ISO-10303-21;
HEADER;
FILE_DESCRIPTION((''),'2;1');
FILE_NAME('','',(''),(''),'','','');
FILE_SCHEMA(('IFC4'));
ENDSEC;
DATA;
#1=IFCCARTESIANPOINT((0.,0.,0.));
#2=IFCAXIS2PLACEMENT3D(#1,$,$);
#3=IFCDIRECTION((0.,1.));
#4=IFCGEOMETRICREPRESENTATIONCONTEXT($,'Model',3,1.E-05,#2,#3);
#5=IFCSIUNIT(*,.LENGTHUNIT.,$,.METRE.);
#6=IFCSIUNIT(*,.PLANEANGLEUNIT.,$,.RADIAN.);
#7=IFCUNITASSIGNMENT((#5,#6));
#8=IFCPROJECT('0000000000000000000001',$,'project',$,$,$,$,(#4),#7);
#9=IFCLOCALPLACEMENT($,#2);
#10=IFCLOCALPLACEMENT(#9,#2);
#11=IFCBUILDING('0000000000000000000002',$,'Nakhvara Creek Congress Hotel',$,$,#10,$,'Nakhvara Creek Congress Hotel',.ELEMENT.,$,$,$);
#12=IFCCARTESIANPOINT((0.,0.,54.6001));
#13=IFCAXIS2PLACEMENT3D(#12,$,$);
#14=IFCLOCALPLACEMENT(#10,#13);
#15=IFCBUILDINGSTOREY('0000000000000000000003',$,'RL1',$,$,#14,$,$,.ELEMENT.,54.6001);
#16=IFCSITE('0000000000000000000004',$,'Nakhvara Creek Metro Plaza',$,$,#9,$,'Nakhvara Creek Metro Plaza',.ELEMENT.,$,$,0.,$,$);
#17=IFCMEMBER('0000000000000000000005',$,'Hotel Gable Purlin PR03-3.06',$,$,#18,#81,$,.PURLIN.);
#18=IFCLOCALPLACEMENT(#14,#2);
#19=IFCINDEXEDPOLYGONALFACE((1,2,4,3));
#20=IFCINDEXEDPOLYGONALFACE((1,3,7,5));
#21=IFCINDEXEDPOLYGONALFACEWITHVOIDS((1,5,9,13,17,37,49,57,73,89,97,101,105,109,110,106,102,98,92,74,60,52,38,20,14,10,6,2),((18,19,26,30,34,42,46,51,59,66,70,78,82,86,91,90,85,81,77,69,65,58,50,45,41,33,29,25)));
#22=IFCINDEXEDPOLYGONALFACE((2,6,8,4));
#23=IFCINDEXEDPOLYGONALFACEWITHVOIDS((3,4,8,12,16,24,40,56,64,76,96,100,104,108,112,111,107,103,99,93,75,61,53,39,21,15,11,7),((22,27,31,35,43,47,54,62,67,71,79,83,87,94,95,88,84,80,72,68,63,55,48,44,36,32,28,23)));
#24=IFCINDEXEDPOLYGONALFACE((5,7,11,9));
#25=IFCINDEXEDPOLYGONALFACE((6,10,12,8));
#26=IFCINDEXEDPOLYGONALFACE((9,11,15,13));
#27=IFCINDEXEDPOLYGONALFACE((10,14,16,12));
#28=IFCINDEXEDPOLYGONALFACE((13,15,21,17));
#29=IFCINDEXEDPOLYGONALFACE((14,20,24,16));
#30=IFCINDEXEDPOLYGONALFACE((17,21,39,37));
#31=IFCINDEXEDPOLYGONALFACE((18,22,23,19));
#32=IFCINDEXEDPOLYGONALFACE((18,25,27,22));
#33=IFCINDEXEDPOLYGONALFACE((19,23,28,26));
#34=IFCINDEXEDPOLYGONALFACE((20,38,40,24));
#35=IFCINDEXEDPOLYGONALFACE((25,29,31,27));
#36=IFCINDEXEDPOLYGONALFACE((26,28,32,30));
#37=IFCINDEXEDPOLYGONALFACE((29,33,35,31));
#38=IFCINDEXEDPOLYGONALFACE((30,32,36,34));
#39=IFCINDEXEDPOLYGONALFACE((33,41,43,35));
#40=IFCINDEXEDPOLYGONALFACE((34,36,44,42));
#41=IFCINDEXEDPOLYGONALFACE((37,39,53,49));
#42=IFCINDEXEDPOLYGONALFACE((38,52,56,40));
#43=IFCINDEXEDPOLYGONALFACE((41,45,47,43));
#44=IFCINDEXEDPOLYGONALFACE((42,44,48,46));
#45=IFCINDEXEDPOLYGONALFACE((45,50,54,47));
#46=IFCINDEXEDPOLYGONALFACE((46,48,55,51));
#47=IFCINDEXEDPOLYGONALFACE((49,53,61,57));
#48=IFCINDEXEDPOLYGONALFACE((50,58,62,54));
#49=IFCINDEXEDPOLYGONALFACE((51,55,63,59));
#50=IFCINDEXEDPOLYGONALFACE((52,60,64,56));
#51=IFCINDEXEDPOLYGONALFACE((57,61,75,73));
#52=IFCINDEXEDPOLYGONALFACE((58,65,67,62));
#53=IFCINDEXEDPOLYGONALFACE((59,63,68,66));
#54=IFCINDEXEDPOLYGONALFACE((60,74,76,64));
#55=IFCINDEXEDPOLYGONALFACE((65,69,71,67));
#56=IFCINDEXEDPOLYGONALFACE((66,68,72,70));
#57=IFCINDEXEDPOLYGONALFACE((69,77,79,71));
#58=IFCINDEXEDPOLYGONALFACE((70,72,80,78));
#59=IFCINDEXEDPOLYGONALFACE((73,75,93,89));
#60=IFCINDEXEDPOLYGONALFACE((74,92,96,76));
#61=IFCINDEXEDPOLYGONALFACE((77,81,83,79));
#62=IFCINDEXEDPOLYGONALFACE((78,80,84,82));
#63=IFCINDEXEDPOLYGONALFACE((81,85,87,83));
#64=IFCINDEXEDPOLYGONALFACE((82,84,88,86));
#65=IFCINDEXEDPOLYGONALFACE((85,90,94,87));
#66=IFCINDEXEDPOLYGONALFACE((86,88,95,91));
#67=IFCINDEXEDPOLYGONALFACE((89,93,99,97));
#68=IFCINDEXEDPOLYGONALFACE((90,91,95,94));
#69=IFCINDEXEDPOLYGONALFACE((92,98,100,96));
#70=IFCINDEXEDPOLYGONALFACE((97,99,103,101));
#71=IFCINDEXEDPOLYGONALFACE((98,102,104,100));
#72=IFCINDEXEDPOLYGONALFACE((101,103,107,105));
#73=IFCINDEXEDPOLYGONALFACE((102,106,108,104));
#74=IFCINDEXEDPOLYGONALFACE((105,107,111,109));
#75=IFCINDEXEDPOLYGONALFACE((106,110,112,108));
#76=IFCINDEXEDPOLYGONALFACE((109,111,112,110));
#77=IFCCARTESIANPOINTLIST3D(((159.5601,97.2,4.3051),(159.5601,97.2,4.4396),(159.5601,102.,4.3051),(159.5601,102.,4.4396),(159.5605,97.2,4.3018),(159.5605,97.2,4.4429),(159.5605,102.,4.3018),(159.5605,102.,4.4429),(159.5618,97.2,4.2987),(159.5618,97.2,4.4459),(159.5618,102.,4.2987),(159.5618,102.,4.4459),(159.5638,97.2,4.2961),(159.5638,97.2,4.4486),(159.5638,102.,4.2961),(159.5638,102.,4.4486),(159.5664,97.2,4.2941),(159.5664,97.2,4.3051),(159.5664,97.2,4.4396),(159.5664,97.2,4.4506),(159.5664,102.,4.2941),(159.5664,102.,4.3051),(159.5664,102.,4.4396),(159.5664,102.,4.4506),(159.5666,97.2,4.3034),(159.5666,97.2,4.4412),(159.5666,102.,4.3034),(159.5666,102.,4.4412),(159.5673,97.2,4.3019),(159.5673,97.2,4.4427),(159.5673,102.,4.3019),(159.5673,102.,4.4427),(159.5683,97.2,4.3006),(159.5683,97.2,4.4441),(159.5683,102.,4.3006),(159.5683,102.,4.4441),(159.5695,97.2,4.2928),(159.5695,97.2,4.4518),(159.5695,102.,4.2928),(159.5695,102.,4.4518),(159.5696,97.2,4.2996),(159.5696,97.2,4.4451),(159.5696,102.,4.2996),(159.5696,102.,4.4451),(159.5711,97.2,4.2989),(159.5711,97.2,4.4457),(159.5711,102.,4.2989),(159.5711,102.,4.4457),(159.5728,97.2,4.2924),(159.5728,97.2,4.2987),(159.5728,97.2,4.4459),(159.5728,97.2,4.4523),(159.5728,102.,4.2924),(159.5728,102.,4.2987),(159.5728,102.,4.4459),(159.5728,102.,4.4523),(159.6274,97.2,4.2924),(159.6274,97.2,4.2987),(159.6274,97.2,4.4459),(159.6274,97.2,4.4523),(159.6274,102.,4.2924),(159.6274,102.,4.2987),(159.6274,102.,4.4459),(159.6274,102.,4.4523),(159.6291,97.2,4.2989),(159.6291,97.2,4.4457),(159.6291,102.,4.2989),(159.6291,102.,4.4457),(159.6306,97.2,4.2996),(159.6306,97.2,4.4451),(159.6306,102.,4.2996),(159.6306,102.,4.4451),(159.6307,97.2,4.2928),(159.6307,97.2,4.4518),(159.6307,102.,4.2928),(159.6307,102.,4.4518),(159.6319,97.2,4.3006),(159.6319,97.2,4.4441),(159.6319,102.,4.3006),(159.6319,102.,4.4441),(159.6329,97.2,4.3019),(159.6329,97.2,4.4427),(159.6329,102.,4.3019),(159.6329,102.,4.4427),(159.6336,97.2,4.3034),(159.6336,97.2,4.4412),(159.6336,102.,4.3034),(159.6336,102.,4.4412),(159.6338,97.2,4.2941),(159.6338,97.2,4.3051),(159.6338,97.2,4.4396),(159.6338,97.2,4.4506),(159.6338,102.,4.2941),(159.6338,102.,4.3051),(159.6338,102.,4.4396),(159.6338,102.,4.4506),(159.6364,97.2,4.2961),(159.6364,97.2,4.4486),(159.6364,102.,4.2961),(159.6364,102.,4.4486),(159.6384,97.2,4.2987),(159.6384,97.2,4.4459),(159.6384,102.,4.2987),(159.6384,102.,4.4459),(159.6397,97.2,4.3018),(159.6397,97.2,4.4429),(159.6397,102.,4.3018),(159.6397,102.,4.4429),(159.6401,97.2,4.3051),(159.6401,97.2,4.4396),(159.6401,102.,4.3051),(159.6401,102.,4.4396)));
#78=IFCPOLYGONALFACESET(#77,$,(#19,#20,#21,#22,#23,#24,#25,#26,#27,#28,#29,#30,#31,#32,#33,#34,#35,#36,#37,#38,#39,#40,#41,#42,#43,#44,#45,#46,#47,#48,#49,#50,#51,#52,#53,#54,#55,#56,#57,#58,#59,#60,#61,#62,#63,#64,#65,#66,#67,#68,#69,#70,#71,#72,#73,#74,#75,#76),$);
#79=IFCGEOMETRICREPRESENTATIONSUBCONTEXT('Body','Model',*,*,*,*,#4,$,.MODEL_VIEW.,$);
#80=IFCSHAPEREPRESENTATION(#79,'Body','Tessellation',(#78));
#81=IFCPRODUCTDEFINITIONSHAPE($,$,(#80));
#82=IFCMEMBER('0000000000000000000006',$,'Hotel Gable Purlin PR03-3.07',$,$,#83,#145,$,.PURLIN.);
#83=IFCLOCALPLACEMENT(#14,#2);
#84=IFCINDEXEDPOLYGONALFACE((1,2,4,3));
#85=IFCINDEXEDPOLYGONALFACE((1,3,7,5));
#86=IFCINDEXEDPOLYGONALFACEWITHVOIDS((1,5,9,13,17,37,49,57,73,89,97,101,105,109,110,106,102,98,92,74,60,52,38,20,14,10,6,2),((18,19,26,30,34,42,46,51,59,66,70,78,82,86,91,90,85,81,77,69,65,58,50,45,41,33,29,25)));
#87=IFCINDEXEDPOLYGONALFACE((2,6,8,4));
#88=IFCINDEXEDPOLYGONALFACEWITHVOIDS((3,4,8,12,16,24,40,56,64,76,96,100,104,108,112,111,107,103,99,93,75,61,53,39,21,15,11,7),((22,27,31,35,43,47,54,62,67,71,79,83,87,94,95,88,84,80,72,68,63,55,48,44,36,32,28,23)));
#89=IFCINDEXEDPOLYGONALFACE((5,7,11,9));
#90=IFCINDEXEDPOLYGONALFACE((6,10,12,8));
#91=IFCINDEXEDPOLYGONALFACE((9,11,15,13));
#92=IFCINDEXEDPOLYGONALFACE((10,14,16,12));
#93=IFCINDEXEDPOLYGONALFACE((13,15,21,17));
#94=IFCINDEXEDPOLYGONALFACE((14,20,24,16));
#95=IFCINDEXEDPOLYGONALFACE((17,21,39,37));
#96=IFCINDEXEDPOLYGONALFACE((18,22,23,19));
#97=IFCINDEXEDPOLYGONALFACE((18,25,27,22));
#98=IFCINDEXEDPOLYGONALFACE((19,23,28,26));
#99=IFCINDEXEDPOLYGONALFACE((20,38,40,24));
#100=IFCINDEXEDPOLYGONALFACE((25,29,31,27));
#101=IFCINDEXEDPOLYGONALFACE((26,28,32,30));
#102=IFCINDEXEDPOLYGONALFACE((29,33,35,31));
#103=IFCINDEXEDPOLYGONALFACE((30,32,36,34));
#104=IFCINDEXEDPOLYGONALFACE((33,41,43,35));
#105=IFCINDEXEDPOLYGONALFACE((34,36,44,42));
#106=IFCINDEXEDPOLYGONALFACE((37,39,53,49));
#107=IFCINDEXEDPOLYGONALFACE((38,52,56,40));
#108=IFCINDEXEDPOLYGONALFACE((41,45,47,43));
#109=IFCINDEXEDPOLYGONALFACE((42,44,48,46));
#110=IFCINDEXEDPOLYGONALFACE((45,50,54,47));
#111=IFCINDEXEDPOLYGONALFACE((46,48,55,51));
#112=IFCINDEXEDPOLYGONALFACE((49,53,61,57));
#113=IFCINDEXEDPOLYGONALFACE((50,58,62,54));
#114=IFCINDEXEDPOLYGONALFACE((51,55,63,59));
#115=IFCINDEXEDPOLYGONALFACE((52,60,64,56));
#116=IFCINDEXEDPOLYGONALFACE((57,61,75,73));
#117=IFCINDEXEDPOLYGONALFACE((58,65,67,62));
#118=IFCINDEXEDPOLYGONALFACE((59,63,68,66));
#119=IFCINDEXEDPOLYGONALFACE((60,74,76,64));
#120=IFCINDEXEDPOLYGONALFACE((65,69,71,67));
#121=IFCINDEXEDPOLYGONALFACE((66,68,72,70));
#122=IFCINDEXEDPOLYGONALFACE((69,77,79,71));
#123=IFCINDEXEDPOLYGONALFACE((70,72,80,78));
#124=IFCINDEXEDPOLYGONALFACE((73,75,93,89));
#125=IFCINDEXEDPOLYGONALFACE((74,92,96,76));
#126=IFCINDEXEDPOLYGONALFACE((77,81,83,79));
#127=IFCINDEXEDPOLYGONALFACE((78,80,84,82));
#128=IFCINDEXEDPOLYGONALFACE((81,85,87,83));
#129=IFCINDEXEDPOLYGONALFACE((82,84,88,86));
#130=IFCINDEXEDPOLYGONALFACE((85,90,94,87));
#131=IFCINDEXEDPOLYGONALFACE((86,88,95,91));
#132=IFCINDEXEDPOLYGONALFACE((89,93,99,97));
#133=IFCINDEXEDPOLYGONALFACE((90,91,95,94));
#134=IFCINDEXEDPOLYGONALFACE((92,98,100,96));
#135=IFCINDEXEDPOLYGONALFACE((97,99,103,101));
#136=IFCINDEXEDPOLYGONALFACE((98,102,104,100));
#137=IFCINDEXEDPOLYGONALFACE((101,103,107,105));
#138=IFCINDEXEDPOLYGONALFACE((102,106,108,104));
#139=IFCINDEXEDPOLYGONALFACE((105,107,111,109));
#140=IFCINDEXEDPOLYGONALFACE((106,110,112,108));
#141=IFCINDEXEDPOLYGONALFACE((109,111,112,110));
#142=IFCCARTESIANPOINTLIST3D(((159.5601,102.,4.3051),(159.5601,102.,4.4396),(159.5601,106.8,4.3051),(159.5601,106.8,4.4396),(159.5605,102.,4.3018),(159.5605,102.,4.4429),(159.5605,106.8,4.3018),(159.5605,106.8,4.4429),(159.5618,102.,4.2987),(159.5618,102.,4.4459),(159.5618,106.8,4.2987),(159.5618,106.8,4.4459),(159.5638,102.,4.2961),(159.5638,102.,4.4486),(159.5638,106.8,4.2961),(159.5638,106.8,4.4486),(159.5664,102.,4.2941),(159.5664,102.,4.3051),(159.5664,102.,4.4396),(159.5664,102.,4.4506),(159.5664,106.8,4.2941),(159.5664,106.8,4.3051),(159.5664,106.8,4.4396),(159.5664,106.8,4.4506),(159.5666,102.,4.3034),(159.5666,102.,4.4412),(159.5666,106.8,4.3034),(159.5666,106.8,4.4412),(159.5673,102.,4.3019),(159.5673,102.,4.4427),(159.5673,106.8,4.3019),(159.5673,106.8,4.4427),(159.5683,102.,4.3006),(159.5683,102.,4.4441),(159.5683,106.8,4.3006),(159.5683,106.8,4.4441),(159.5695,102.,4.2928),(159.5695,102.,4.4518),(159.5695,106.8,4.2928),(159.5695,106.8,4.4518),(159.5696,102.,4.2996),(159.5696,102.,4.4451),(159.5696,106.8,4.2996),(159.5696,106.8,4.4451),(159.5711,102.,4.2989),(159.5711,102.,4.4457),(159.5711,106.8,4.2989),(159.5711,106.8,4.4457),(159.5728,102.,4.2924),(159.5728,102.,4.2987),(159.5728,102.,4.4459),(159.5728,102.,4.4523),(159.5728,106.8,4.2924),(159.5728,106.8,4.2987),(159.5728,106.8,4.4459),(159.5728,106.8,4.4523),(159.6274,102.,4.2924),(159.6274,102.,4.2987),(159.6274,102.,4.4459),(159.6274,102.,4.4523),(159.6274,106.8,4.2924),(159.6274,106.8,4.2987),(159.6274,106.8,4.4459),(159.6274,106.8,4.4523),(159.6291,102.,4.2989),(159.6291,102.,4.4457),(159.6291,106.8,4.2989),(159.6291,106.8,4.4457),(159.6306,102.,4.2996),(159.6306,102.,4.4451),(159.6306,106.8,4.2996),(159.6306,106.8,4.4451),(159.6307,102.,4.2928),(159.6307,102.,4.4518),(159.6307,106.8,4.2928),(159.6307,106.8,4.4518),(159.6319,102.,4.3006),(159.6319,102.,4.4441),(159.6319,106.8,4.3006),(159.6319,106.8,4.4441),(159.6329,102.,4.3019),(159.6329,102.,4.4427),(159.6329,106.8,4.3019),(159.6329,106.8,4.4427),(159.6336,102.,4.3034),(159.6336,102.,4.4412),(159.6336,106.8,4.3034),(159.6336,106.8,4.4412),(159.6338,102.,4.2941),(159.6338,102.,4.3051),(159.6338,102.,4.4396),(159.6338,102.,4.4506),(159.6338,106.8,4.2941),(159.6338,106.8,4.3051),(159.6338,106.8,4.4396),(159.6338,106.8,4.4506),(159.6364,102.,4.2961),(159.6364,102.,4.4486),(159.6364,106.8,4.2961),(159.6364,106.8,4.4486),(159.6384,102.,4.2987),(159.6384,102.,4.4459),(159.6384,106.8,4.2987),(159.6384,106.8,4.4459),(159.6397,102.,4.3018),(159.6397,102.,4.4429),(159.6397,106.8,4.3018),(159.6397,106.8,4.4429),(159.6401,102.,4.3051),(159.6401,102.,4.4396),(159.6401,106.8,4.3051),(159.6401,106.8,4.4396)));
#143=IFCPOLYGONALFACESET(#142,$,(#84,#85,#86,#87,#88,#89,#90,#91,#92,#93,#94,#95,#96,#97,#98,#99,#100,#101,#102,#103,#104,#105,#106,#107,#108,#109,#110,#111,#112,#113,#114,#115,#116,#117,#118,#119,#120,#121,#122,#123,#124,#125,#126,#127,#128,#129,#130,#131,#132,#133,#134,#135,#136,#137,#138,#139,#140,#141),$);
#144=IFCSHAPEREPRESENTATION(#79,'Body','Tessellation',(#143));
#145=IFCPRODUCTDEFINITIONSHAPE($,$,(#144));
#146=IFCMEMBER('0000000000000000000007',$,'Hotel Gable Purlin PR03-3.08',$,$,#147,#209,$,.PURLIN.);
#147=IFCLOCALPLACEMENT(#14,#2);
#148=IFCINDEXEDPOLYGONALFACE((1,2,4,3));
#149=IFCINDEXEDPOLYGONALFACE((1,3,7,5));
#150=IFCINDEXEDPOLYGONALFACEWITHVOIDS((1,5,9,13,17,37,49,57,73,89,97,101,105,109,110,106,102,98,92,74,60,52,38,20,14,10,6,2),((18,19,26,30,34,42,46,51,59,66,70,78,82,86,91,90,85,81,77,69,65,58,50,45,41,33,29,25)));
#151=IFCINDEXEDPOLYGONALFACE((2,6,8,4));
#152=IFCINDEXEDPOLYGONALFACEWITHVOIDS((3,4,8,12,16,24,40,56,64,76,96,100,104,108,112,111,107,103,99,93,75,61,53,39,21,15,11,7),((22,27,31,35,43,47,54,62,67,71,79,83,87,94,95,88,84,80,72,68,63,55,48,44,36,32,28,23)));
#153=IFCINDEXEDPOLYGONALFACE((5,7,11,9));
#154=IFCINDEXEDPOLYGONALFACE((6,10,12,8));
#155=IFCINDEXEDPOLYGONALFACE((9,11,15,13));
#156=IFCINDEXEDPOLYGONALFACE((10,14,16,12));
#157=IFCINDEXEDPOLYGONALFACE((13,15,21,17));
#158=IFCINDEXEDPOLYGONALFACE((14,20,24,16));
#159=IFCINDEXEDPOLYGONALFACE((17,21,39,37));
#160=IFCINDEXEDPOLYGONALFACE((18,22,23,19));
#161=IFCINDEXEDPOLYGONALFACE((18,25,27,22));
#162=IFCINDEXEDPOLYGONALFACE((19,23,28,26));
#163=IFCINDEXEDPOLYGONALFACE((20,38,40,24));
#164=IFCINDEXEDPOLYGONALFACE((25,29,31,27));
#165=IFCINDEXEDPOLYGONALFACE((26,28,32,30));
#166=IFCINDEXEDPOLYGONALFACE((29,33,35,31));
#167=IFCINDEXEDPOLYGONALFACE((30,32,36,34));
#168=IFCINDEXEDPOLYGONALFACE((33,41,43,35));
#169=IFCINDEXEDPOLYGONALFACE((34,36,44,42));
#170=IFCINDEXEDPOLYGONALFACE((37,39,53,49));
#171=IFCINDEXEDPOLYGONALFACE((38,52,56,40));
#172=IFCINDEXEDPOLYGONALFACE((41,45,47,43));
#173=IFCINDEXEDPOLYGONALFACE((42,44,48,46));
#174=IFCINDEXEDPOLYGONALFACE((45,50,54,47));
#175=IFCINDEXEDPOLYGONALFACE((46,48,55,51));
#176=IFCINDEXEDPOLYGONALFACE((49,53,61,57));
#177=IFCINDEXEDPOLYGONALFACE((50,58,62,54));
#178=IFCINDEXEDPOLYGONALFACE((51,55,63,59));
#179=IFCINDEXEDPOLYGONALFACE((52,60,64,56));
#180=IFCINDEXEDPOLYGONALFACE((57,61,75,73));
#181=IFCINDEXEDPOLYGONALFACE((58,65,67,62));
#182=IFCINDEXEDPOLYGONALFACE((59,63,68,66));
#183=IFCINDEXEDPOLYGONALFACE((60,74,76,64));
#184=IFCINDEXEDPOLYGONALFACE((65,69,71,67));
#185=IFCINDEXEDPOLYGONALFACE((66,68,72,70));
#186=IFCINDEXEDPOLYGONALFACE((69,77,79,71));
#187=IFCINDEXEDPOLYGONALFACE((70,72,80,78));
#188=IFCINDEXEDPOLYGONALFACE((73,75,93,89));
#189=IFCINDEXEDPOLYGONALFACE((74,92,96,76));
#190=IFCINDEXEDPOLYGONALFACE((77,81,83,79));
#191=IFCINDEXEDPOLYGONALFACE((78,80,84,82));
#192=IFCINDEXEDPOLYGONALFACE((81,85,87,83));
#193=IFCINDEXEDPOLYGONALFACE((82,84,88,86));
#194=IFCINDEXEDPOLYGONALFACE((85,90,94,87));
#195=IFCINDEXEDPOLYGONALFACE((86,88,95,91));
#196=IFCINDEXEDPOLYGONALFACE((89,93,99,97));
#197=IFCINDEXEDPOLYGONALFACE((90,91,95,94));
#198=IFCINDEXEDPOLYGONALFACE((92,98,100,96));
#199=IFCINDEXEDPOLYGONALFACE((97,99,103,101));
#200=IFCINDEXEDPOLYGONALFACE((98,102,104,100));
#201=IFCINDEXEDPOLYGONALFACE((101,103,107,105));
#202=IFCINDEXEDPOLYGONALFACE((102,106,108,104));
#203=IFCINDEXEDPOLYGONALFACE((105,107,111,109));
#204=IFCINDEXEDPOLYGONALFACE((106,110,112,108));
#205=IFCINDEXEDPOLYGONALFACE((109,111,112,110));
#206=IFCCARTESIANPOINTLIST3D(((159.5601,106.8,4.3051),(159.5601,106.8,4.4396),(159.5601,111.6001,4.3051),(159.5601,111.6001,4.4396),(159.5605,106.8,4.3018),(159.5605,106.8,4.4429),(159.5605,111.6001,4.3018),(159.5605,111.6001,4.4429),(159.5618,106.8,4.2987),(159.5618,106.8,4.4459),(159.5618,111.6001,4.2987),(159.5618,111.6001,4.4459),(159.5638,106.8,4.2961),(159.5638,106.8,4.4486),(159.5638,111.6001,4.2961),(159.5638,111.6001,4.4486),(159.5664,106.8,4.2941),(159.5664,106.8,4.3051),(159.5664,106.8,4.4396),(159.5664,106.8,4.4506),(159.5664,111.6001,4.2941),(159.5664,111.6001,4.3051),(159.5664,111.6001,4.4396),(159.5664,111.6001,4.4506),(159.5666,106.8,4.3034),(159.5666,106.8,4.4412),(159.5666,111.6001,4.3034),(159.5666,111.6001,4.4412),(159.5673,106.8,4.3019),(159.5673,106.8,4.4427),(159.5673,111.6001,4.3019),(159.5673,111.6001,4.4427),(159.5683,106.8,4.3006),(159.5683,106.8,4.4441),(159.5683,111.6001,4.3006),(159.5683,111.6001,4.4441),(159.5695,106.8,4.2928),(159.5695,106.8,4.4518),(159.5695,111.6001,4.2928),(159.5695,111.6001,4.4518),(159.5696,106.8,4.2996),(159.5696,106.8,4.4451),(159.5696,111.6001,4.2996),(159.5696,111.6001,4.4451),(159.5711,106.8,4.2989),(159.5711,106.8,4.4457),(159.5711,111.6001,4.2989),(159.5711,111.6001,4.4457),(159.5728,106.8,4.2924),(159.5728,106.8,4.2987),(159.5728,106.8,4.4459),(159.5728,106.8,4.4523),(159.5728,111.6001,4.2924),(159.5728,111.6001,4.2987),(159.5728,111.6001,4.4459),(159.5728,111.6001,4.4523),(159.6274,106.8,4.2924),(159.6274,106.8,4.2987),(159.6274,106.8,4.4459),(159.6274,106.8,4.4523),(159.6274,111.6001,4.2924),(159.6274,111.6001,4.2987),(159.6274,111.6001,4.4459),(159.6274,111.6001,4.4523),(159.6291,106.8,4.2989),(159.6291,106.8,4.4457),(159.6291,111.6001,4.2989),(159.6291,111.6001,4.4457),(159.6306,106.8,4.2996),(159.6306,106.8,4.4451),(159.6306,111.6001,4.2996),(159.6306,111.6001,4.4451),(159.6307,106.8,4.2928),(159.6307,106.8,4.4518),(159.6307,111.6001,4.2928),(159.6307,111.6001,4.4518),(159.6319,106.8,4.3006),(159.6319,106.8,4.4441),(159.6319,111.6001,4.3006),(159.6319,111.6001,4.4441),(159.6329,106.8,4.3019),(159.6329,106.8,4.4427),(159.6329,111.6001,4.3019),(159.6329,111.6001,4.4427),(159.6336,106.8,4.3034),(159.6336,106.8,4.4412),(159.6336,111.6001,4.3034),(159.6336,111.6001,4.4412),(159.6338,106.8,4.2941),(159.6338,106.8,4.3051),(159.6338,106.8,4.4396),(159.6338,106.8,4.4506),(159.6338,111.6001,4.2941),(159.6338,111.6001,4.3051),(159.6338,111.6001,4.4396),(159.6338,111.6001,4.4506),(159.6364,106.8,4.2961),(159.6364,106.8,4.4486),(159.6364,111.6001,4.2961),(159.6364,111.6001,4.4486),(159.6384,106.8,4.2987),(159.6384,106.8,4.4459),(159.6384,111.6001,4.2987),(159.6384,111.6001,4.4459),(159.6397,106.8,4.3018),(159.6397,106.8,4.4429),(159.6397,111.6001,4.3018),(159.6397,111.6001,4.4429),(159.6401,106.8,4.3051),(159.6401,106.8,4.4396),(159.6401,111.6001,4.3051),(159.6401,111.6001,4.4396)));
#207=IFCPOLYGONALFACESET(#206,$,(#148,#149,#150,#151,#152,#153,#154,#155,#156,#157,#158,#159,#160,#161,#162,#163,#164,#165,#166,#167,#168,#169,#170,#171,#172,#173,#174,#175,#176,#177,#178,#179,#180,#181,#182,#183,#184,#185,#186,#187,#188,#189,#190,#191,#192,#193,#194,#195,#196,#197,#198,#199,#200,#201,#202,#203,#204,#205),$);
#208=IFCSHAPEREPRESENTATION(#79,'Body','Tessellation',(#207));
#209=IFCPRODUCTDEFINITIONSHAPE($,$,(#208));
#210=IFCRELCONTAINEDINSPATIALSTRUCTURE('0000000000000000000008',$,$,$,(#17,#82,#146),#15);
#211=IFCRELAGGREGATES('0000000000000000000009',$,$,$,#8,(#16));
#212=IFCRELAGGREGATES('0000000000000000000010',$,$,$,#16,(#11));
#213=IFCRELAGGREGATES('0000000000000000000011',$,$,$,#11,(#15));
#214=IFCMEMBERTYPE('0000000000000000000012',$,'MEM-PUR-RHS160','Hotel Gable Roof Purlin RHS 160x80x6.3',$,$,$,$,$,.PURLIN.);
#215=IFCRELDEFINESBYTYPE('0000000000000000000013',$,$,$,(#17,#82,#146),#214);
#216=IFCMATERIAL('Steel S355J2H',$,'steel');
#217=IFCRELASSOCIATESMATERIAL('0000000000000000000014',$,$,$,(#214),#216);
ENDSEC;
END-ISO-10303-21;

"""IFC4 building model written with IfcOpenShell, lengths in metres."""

from ifc_helpers import new_model, si_unit, direction, frame, origin, origin_2d, place, context, subcontext, project, spatial, hollow_rectangle, extrude, material, material_profile, profile_set, type_object, element, save


model = new_model("IFC4")

# Units and contexts
model_context = context("Model", 3, precision=1e-05, world=origin(), true_north=direction((0.0, 1.0)))
body_context = subcontext(model_context, "Body", "Model", "MODEL_VIEW")
ifc_project = project(units=[si_unit("LENGTHUNIT", "METRE"), si_unit("PLANEANGLEUNIT", "RADIAN")], contexts=[model_context])

# Site, building, storey
site_placement = place(None, origin())
site = spatial("IfcSite", under=ifc_project, at=site_placement, Name="Nakhvara Creek Metro Plaza", LongName="Nakhvara Creek Metro Plaza", CompositionType="ELEMENT", RefElevation=0.0)
building_placement = place(site_placement, origin())
building = spatial("IfcBuilding", under=site, at=building_placement, Name="Nakhvara Creek Congress Hotel", LongName="Nakhvara Creek Congress Hotel", CompositionType="ELEMENT")
storey_placement = place(building_placement, frame((0.0, 0.0, 54.6001)))
storey = spatial("IfcBuildingStorey", under=building, at=storey_placement, Name="RL1", CompositionType="ELEMENT", Elevation=54.6001)

# Members
ifc_material_1 = material(Name="Steel S355J2H", Category="steel")
ifc_material_profile_1 = material_profile(ifc_material_1, hollow_rectangle(XDim=0.0801, YDim=0.1599, WallThickness=0.0063, InnerFilletRadius=0.0063, OuterFilletRadius=0.0127, at=origin_2d()), Name="RHS 160x80x6.3", Category="LoadBearing")
ifc_profile_set_1 = profile_set([ifc_material_profile_1], Name="Steel S355J2H")
member_type_1 = type_object("IfcMemberType", Name="MEM-PUR-RHS160", Description="Hotel Gable Roof Purlin RHS 160x80x6.3", PredefinedType="PURLIN", material=ifc_profile_set_1)
for number, where, z_axis, x_axis, name in (
    (1, (159.6001, 97.2, 4.3723), (0.0, 1.0, 0.0), (-1.0, 0.0, 0.0), "Hotel Gable Purlin PR03-3.06"),
    (2, (159.6001, 102.0, 4.3723), (0.0, 1.0, 0.0), (-1.0, 0.0, 0.0), "Hotel Gable Purlin PR03-3.07"),
    (3, (159.6001, 106.8, 4.3723), (0.0, 1.0, 0.0), (-1.0, 0.0, 0.0), "Hotel Gable Purlin PR03-3.08"),
):
    element("IfcMember", number, at=place(storey_placement, frame(where, z_axis=z_axis, x_axis=x_axis)), inside=storey, type_object=member_type_1, Name=name, PredefinedType="PURLIN", context=body_context, shape_type="SweptSolid", body=[
        extrude(hollow_rectangle(XDim=0.0801, YDim=0.1599, WallThickness=0.0063, InnerFilletRadius=0.0063, OuterFilletRadius=0.0127, at=origin_2d()), origin(), (0.0, 0.0, 1.0), 4.8),
    ])

save(model, "model.ifc")
